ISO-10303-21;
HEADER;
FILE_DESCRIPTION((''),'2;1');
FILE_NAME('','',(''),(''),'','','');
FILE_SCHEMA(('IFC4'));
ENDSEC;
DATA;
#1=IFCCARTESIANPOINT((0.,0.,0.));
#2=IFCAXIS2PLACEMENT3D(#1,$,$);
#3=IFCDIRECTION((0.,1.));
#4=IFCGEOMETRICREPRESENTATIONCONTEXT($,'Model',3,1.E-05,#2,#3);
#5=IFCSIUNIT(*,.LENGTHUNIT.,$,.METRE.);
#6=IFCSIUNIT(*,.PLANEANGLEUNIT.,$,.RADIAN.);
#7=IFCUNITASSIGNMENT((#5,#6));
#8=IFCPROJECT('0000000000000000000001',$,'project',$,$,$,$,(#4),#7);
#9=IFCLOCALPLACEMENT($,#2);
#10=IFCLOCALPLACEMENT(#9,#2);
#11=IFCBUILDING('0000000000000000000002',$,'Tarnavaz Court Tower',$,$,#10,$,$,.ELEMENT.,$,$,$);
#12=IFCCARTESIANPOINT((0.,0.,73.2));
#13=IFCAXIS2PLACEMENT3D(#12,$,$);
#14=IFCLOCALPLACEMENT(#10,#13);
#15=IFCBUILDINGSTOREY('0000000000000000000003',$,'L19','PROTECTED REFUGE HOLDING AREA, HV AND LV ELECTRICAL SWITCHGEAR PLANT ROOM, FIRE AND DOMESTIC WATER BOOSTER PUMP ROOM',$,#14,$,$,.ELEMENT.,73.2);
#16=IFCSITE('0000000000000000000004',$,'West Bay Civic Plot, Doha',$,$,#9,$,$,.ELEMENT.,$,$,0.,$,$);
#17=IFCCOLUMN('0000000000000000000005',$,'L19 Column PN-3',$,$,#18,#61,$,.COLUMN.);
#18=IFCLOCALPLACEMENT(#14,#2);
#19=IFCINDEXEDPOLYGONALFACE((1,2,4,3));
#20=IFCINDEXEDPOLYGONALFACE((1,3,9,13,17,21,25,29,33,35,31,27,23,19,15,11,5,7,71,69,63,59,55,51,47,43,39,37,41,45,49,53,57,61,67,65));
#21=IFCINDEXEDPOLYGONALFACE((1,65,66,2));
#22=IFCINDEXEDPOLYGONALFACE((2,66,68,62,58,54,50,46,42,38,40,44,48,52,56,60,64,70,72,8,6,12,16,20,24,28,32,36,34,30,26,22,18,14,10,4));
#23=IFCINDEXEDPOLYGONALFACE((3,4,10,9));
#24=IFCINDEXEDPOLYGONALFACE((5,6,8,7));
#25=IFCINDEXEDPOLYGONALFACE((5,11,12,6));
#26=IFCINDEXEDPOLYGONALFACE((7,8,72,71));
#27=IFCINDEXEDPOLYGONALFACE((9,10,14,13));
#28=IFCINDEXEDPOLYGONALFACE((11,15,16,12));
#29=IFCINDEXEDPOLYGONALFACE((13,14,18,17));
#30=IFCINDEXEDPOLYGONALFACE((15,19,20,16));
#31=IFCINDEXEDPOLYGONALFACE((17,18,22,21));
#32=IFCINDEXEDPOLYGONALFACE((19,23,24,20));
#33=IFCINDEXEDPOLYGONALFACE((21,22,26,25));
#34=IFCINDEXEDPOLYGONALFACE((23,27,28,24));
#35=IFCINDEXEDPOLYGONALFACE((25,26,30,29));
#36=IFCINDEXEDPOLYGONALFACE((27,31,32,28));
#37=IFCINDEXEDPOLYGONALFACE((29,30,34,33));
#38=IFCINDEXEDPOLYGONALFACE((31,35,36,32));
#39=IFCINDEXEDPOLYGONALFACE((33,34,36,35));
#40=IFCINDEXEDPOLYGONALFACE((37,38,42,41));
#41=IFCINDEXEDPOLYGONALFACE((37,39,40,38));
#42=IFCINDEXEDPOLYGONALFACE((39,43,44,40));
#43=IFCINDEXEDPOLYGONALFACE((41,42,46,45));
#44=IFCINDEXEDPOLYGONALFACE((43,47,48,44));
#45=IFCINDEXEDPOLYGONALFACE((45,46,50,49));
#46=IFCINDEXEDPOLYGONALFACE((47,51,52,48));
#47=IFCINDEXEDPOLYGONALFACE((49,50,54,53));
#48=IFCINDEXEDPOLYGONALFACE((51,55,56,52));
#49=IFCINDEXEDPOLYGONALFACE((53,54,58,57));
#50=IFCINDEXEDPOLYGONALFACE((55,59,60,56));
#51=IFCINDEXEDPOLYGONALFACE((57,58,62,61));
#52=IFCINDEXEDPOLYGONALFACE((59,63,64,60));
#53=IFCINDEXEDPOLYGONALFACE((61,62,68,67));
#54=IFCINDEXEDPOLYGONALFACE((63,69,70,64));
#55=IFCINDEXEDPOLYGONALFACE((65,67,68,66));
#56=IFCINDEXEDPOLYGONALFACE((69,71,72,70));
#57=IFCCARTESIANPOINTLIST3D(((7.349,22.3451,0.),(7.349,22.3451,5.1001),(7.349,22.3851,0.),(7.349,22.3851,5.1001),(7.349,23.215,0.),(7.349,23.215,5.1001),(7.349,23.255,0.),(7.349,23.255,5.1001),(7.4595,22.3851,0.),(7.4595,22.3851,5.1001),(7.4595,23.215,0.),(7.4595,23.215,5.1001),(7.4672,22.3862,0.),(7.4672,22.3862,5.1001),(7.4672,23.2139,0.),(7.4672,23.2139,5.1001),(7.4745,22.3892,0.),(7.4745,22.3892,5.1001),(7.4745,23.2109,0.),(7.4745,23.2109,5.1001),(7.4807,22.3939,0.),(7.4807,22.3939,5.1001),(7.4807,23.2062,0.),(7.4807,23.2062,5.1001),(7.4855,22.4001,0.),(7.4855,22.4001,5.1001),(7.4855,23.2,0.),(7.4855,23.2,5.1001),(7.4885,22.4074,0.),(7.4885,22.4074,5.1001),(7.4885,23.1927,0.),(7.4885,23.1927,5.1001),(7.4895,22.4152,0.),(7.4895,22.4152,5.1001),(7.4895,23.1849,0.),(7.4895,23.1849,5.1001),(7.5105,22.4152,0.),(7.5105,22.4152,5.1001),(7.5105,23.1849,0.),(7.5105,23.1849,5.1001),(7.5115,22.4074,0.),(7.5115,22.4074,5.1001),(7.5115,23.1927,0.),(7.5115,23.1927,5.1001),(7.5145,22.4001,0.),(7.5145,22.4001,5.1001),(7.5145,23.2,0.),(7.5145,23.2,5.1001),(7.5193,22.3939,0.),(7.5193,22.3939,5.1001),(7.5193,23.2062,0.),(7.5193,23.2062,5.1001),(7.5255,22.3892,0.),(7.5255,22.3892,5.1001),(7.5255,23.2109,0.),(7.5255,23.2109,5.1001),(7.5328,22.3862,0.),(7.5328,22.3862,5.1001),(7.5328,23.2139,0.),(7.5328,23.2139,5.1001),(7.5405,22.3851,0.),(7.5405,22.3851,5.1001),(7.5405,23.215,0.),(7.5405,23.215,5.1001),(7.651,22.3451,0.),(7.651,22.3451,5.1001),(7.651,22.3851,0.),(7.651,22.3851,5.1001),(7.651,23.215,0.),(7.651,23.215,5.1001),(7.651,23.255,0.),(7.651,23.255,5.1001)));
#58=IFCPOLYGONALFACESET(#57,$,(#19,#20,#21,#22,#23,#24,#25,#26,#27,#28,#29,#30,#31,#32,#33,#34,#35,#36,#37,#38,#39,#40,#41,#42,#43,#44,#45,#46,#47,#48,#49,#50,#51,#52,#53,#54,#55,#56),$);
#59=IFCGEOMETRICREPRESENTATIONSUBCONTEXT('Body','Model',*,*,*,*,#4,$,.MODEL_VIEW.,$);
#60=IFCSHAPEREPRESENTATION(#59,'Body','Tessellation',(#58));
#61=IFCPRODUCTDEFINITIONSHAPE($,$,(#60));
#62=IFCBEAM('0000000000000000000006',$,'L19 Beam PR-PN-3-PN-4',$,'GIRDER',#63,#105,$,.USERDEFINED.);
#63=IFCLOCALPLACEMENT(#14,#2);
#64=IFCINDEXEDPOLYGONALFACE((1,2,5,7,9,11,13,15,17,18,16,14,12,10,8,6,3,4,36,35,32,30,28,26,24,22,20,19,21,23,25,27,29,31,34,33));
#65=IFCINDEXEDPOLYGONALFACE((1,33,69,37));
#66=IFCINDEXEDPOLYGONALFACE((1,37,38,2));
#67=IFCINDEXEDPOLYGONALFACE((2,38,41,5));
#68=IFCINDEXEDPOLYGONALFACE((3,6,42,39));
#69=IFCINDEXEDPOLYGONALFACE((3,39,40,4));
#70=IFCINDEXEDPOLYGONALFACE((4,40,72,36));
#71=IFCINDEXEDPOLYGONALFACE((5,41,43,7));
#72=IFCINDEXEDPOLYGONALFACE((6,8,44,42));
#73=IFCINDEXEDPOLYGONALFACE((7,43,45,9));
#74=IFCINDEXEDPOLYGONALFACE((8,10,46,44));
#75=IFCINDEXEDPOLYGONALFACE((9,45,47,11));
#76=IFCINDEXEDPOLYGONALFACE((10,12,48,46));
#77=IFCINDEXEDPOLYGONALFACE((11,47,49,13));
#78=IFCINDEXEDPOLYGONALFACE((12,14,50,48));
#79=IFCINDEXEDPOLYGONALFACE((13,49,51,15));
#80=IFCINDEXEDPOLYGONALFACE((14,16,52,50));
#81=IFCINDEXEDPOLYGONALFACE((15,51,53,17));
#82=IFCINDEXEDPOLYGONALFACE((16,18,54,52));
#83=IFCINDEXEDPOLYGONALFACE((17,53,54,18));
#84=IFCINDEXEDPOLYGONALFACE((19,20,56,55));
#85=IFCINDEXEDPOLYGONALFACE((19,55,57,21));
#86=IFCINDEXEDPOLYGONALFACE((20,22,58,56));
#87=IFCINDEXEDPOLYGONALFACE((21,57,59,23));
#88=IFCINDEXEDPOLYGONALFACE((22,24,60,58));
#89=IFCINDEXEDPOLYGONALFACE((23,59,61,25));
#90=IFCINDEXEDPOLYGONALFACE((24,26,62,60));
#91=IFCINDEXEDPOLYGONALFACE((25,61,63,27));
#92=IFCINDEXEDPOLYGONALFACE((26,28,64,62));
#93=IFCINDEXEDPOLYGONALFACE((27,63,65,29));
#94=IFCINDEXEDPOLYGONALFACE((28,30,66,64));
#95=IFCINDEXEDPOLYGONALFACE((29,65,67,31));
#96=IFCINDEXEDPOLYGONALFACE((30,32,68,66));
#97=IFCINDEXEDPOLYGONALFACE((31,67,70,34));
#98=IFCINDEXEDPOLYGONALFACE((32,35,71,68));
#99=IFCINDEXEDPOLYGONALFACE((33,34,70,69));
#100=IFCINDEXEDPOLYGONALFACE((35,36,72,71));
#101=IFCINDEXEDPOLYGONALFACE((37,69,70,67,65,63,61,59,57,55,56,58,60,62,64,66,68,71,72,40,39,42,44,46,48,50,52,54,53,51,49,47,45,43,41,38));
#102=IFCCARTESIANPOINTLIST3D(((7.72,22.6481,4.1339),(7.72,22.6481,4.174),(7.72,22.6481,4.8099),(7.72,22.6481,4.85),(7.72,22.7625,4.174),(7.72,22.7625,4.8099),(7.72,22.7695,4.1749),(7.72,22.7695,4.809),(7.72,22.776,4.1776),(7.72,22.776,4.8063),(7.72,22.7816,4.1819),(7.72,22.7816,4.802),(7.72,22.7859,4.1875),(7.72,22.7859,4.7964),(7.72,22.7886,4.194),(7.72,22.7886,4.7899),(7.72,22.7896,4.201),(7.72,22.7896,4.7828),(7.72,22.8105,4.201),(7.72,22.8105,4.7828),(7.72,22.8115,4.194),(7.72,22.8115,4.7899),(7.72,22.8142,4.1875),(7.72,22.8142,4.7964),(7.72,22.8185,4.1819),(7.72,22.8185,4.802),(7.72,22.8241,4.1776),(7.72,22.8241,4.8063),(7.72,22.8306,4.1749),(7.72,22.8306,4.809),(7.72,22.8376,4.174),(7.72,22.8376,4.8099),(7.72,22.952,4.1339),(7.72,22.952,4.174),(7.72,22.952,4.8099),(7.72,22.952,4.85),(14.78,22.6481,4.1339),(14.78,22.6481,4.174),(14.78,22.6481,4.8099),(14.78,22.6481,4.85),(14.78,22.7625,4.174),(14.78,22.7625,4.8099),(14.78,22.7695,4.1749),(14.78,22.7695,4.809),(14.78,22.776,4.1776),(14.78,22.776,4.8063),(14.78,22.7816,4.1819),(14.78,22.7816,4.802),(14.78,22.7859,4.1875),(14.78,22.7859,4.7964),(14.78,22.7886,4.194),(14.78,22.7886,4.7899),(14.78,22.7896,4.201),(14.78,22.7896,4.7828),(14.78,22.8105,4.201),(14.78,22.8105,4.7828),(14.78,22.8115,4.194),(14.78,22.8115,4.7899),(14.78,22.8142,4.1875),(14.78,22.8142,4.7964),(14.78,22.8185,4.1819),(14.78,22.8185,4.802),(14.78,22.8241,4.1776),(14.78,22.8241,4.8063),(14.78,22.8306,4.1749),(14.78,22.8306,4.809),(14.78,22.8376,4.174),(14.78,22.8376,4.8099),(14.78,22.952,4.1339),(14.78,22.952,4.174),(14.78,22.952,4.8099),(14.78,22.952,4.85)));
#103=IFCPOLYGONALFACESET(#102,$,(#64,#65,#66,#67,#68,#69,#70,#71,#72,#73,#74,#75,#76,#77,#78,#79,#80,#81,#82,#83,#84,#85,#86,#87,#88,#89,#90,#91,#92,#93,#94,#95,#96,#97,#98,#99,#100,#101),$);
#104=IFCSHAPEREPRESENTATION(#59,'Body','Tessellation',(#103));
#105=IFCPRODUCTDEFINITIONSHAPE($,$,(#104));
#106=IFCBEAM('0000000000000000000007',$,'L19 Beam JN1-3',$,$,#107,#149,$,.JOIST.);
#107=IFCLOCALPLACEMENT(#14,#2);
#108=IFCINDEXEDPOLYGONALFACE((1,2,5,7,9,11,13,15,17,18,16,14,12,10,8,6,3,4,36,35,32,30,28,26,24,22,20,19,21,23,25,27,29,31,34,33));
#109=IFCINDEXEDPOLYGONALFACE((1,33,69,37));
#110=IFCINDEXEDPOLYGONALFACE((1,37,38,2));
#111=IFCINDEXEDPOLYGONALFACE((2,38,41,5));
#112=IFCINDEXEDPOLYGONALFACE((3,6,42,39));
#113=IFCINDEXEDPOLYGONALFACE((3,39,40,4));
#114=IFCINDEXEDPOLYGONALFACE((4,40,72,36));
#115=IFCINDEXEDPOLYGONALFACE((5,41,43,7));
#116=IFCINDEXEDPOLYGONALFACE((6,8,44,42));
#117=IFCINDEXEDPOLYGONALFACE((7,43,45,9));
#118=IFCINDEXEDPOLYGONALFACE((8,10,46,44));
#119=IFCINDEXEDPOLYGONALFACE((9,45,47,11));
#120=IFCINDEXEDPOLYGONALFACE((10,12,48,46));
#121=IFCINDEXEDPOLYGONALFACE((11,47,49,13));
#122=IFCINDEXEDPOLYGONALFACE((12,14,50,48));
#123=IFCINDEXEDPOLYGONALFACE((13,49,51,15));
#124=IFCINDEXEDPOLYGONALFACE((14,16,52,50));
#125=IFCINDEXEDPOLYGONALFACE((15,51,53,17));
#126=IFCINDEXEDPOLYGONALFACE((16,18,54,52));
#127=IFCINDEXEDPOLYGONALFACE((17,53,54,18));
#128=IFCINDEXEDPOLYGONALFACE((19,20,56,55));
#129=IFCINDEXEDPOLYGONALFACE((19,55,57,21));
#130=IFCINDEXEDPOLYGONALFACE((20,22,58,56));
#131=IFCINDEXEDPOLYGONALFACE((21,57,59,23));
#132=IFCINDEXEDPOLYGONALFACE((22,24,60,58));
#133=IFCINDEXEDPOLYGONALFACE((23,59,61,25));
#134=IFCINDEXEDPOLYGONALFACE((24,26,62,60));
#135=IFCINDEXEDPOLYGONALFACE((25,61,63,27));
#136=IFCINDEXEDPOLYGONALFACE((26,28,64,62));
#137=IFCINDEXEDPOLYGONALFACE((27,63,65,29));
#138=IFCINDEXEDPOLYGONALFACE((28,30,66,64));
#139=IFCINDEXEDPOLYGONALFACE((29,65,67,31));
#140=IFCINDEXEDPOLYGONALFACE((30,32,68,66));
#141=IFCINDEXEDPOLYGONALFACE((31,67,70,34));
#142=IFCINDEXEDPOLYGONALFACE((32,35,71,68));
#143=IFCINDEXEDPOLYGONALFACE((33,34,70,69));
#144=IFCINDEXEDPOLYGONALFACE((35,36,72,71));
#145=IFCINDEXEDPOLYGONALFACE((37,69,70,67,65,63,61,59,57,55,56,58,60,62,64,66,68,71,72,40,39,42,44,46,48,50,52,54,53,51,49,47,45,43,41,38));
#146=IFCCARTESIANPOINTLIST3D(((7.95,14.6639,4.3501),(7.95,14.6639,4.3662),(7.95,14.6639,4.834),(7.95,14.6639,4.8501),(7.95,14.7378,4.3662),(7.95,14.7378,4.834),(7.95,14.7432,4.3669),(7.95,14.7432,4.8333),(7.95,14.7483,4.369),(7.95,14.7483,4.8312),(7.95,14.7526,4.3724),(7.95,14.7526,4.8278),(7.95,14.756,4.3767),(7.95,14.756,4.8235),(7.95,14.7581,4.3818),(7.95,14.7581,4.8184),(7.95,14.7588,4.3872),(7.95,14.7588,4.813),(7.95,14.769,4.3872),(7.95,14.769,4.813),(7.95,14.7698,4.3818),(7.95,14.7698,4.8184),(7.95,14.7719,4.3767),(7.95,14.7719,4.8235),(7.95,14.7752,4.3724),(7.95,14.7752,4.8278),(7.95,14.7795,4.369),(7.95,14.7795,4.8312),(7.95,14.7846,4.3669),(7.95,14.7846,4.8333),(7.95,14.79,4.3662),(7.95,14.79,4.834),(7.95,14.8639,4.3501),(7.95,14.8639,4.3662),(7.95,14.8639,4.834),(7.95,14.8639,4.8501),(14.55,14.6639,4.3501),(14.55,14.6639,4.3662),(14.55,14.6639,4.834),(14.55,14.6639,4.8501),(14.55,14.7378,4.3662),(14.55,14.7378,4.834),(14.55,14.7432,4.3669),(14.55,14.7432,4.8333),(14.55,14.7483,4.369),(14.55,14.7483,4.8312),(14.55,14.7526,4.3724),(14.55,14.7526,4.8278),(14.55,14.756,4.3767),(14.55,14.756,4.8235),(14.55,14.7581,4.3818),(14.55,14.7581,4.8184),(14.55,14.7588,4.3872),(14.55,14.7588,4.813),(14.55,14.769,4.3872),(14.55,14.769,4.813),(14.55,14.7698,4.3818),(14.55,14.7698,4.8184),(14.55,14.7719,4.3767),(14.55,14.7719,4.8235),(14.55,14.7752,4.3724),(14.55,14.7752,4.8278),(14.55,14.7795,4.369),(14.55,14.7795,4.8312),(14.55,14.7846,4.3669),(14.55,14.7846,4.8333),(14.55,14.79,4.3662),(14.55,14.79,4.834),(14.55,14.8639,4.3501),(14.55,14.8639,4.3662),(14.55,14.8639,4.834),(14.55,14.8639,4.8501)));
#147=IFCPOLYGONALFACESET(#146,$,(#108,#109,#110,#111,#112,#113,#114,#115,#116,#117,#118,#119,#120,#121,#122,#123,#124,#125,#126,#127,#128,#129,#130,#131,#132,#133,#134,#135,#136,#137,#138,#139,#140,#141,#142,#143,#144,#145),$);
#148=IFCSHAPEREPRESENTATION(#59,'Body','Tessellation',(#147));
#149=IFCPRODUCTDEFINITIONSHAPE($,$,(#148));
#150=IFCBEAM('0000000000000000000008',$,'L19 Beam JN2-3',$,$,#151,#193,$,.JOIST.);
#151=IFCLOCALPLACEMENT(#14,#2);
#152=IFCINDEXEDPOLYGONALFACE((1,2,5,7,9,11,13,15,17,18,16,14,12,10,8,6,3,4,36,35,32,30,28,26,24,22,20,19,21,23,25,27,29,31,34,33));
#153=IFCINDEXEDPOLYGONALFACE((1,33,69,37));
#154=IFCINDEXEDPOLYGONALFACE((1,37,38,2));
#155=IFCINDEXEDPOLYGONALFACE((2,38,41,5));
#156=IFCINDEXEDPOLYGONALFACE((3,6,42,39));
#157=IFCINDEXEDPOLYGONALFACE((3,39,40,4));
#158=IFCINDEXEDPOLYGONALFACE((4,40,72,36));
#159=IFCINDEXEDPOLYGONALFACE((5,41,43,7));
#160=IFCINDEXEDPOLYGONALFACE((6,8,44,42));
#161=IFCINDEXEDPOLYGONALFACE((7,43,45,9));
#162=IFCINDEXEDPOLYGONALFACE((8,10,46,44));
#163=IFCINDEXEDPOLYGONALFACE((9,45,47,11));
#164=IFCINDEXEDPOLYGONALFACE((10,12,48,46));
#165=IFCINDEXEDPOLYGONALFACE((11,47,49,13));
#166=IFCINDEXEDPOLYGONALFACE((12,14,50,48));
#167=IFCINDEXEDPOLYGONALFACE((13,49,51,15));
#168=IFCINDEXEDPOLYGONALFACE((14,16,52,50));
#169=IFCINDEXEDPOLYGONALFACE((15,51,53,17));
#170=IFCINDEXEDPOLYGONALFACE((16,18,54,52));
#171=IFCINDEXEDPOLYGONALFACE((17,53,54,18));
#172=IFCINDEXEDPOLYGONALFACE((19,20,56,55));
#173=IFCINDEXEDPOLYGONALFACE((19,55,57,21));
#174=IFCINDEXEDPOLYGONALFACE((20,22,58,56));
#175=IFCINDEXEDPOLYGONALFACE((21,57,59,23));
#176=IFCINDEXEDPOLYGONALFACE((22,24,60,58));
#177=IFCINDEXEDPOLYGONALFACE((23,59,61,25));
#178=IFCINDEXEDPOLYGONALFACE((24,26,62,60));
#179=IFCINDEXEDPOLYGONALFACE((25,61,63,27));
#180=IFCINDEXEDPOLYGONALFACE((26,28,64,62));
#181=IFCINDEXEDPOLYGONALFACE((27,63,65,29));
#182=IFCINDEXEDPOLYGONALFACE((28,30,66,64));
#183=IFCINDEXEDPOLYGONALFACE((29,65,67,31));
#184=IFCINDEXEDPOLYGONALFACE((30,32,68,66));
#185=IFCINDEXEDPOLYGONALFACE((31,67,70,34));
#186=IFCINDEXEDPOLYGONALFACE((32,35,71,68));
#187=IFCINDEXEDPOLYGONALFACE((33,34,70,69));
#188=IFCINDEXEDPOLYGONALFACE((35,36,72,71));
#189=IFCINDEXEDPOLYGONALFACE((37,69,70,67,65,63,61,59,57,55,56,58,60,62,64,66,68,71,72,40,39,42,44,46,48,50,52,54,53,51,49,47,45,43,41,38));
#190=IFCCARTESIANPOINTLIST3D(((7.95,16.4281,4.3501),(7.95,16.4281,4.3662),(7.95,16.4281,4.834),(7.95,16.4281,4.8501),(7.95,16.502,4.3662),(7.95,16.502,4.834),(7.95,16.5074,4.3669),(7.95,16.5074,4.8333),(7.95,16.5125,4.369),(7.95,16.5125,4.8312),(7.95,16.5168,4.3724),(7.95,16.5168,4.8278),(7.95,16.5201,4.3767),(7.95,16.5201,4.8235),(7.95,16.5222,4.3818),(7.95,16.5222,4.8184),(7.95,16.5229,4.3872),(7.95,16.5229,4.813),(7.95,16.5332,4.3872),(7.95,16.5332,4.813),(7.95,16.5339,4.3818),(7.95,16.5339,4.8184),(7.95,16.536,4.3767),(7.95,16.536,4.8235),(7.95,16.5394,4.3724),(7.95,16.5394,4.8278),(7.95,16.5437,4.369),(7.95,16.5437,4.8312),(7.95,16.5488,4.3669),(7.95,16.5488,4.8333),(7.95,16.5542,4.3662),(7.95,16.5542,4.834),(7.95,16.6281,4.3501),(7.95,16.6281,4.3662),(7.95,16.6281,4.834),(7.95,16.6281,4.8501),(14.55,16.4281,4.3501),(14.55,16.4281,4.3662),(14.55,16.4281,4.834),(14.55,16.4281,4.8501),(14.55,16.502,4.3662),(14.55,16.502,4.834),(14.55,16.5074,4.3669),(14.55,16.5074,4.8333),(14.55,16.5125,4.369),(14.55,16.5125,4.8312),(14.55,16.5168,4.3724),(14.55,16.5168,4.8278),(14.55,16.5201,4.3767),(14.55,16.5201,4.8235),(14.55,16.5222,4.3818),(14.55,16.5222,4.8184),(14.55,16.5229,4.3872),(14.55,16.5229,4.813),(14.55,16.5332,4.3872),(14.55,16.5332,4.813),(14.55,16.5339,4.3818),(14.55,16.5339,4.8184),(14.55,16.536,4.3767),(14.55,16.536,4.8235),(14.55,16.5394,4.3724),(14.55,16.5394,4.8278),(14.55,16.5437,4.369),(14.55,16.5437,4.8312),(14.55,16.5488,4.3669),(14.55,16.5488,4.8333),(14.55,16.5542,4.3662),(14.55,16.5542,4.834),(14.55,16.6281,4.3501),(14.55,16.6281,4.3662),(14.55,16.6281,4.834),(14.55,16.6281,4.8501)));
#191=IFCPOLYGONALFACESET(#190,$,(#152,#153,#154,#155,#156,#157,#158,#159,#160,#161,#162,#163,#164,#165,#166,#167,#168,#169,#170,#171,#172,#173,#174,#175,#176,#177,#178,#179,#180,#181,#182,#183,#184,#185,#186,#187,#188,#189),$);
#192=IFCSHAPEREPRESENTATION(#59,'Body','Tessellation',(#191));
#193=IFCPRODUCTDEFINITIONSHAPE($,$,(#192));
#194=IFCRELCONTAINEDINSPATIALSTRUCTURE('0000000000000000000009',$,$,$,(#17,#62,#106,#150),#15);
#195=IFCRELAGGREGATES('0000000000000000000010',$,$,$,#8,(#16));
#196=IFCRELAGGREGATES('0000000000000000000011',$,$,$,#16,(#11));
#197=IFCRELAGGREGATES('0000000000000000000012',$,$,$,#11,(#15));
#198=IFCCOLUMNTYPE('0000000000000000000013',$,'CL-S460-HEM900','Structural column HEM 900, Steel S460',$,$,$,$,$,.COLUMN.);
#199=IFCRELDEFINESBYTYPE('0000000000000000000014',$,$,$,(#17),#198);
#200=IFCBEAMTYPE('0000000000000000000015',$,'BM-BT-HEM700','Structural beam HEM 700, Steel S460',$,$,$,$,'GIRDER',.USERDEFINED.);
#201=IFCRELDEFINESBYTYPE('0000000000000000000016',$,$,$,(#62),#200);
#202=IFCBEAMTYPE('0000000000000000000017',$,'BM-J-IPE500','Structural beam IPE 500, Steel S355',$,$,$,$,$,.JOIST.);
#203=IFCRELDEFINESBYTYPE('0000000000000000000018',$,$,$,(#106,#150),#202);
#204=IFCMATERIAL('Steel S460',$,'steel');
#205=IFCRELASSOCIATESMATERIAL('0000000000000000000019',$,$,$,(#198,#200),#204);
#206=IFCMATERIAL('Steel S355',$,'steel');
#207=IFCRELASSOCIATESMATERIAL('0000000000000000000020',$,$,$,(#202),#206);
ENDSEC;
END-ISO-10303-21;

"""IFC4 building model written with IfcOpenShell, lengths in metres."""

from ifc_helpers import new_model, si_unit, direction, frame, origin, origin_2d, place, context, subcontext, project, spatial, i_section, extrude, material, material_profile, profile_set, type_object, element, save


model = new_model("IFC4")

# Units and contexts
model_context = context("Model", 3, precision=1e-05, world=origin(), true_north=direction((0.0, 1.0)))
body_context = subcontext(model_context, "Body", "Model", "MODEL_VIEW")
ifc_project = project(units=[si_unit("LENGTHUNIT", "METRE"), si_unit("PLANEANGLEUNIT", "RADIAN")], contexts=[model_context])

# Site, building, storey
site_placement = place(None, origin())
site = spatial("IfcSite", under=ifc_project, at=site_placement, Name="West Bay Civic Plot, Doha", CompositionType="ELEMENT", RefElevation=0.0)
building_placement = place(site_placement, origin())
building = spatial("IfcBuilding", under=site, at=building_placement, Name="Tarnavaz Court Tower", CompositionType="ELEMENT")
storey_placement = place(building_placement, frame((0.0, 0.0, 73.2)))
storey = spatial("IfcBuildingStorey", under=building, at=storey_placement, Name="L19", Description="PROTECTED REFUGE HOLDING AREA, HV AND LV ELECTRICAL SWITCHGEAR PLANT ROOM, FIRE AND DOMESTIC WATER BOOSTER PUMP ROOM", CompositionType="ELEMENT", Elevation=73.2)

# Column
ifc_material_1 = material(Name="Steel S460", Category="steel")
ifc_material_profile_1 = material_profile(ifc_material_1, i_section(OverallWidth=0.302, OverallDepth=0.9099, WebThickness=0.021, FlangeThickness=0.04, FilletRadius=0.03, at=origin_2d()), Name="HEM 900")
ifc_profile_set_1 = profile_set([ifc_material_profile_1], Name="Steel S460")
column_type = type_object("IfcColumnType", Name="CL-S460-HEM900", Description="Structural column HEM 900, Steel S460", PredefinedType="COLUMN", material=ifc_profile_set_1)
column_placement = place(storey_placement, frame((7.5, 22.8, 0.0), z_axis=(0.0, 0.0, 1.0), x_axis=(1.0, 0.0, 0.0)))
element("IfcColumn", 1, at=column_placement, inside=storey, type_object=column_type, Name="L19 Column PN-3", PredefinedType="COLUMN", context=body_context, shape_type="SweptSolid", body=[
    extrude(i_section(OverallWidth=0.302, OverallDepth=0.9099, WebThickness=0.021, FlangeThickness=0.04, FilletRadius=0.03, at=origin_2d()), origin(), (0.0, 0.0, 1.0), 5.1001),
])

# Beams
ifc_material_profile_2 = material_profile(ifc_material_1, i_section(OverallWidth=0.304, OverallDepth=0.7161, WebThickness=0.021, FlangeThickness=0.04, FilletRadius=0.0271, at=origin_2d()), Name="HEM 700")
ifc_profile_set_2 = profile_set([ifc_material_profile_2], Name="Steel S460")
beam_type_1 = type_object("IfcBeamType", Name="BM-BT-HEM700", Description="Structural beam HEM 700, Steel S460", ElementType="GIRDER", PredefinedType="USERDEFINED", material=ifc_profile_set_2)
beam_placement = place(storey_placement, frame((7.72, 22.8, 4.4919), z_axis=(1.0, 0.0, 0.0), x_axis=(0.0, 1.0, 0.0)))
element("IfcBeam", 2, at=beam_placement, inside=storey, type_object=beam_type_1, Name="L19 Beam PR-PN-3-PN-4", ObjectType="GIRDER", PredefinedType="USERDEFINED", context=body_context, shape_type="SweptSolid", body=[
    extrude(i_section(OverallWidth=0.304, OverallDepth=0.7161, WebThickness=0.021, FlangeThickness=0.04, FilletRadius=0.0271, at=origin_2d()), origin(), (0.0, 0.0, 1.0), 7.0601),
])
ifc_material_2 = material(Name="Steel S355", Category="steel")
ifc_material_profile_3 = material_profile(ifc_material_2, i_section(OverallWidth=0.2, OverallDepth=0.5, WebThickness=0.0103, FlangeThickness=0.0161, FilletRadius=0.021, at=origin_2d()), Name="IPE 500")
ifc_profile_set_3 = profile_set([ifc_material_profile_3], Name="Steel S355")
beam_type_2 = type_object("IfcBeamType", Name="BM-J-IPE500", Description="Structural beam IPE 500, Steel S355", PredefinedType="JOIST", material=ifc_profile_set_3)
for number, where, z_axis, x_axis, name in (
    (3, (7.95, 14.7639, 4.6001), (1.0, 0.0, 0.0), (0.0, 1.0, 0.0), "L19 Beam JN1-3"),
    (4, (7.95, 16.5281, 4.6001), (1.0, 0.0, 0.0), (0.0, 1.0, 0.0), "L19 Beam JN2-3"),
):
    element("IfcBeam", number, at=place(storey_placement, frame(where, z_axis=z_axis, x_axis=x_axis)), inside=storey, type_object=beam_type_2, Name=name, PredefinedType="JOIST", context=body_context, shape_type="SweptSolid", body=[
        extrude(i_section(OverallWidth=0.2, OverallDepth=0.5, WebThickness=0.0103, FlangeThickness=0.0161, FilletRadius=0.021, at=origin_2d()), origin(), (0.0, 0.0, 1.0), 6.6001),
    ])

save(model, "model.ifc")
